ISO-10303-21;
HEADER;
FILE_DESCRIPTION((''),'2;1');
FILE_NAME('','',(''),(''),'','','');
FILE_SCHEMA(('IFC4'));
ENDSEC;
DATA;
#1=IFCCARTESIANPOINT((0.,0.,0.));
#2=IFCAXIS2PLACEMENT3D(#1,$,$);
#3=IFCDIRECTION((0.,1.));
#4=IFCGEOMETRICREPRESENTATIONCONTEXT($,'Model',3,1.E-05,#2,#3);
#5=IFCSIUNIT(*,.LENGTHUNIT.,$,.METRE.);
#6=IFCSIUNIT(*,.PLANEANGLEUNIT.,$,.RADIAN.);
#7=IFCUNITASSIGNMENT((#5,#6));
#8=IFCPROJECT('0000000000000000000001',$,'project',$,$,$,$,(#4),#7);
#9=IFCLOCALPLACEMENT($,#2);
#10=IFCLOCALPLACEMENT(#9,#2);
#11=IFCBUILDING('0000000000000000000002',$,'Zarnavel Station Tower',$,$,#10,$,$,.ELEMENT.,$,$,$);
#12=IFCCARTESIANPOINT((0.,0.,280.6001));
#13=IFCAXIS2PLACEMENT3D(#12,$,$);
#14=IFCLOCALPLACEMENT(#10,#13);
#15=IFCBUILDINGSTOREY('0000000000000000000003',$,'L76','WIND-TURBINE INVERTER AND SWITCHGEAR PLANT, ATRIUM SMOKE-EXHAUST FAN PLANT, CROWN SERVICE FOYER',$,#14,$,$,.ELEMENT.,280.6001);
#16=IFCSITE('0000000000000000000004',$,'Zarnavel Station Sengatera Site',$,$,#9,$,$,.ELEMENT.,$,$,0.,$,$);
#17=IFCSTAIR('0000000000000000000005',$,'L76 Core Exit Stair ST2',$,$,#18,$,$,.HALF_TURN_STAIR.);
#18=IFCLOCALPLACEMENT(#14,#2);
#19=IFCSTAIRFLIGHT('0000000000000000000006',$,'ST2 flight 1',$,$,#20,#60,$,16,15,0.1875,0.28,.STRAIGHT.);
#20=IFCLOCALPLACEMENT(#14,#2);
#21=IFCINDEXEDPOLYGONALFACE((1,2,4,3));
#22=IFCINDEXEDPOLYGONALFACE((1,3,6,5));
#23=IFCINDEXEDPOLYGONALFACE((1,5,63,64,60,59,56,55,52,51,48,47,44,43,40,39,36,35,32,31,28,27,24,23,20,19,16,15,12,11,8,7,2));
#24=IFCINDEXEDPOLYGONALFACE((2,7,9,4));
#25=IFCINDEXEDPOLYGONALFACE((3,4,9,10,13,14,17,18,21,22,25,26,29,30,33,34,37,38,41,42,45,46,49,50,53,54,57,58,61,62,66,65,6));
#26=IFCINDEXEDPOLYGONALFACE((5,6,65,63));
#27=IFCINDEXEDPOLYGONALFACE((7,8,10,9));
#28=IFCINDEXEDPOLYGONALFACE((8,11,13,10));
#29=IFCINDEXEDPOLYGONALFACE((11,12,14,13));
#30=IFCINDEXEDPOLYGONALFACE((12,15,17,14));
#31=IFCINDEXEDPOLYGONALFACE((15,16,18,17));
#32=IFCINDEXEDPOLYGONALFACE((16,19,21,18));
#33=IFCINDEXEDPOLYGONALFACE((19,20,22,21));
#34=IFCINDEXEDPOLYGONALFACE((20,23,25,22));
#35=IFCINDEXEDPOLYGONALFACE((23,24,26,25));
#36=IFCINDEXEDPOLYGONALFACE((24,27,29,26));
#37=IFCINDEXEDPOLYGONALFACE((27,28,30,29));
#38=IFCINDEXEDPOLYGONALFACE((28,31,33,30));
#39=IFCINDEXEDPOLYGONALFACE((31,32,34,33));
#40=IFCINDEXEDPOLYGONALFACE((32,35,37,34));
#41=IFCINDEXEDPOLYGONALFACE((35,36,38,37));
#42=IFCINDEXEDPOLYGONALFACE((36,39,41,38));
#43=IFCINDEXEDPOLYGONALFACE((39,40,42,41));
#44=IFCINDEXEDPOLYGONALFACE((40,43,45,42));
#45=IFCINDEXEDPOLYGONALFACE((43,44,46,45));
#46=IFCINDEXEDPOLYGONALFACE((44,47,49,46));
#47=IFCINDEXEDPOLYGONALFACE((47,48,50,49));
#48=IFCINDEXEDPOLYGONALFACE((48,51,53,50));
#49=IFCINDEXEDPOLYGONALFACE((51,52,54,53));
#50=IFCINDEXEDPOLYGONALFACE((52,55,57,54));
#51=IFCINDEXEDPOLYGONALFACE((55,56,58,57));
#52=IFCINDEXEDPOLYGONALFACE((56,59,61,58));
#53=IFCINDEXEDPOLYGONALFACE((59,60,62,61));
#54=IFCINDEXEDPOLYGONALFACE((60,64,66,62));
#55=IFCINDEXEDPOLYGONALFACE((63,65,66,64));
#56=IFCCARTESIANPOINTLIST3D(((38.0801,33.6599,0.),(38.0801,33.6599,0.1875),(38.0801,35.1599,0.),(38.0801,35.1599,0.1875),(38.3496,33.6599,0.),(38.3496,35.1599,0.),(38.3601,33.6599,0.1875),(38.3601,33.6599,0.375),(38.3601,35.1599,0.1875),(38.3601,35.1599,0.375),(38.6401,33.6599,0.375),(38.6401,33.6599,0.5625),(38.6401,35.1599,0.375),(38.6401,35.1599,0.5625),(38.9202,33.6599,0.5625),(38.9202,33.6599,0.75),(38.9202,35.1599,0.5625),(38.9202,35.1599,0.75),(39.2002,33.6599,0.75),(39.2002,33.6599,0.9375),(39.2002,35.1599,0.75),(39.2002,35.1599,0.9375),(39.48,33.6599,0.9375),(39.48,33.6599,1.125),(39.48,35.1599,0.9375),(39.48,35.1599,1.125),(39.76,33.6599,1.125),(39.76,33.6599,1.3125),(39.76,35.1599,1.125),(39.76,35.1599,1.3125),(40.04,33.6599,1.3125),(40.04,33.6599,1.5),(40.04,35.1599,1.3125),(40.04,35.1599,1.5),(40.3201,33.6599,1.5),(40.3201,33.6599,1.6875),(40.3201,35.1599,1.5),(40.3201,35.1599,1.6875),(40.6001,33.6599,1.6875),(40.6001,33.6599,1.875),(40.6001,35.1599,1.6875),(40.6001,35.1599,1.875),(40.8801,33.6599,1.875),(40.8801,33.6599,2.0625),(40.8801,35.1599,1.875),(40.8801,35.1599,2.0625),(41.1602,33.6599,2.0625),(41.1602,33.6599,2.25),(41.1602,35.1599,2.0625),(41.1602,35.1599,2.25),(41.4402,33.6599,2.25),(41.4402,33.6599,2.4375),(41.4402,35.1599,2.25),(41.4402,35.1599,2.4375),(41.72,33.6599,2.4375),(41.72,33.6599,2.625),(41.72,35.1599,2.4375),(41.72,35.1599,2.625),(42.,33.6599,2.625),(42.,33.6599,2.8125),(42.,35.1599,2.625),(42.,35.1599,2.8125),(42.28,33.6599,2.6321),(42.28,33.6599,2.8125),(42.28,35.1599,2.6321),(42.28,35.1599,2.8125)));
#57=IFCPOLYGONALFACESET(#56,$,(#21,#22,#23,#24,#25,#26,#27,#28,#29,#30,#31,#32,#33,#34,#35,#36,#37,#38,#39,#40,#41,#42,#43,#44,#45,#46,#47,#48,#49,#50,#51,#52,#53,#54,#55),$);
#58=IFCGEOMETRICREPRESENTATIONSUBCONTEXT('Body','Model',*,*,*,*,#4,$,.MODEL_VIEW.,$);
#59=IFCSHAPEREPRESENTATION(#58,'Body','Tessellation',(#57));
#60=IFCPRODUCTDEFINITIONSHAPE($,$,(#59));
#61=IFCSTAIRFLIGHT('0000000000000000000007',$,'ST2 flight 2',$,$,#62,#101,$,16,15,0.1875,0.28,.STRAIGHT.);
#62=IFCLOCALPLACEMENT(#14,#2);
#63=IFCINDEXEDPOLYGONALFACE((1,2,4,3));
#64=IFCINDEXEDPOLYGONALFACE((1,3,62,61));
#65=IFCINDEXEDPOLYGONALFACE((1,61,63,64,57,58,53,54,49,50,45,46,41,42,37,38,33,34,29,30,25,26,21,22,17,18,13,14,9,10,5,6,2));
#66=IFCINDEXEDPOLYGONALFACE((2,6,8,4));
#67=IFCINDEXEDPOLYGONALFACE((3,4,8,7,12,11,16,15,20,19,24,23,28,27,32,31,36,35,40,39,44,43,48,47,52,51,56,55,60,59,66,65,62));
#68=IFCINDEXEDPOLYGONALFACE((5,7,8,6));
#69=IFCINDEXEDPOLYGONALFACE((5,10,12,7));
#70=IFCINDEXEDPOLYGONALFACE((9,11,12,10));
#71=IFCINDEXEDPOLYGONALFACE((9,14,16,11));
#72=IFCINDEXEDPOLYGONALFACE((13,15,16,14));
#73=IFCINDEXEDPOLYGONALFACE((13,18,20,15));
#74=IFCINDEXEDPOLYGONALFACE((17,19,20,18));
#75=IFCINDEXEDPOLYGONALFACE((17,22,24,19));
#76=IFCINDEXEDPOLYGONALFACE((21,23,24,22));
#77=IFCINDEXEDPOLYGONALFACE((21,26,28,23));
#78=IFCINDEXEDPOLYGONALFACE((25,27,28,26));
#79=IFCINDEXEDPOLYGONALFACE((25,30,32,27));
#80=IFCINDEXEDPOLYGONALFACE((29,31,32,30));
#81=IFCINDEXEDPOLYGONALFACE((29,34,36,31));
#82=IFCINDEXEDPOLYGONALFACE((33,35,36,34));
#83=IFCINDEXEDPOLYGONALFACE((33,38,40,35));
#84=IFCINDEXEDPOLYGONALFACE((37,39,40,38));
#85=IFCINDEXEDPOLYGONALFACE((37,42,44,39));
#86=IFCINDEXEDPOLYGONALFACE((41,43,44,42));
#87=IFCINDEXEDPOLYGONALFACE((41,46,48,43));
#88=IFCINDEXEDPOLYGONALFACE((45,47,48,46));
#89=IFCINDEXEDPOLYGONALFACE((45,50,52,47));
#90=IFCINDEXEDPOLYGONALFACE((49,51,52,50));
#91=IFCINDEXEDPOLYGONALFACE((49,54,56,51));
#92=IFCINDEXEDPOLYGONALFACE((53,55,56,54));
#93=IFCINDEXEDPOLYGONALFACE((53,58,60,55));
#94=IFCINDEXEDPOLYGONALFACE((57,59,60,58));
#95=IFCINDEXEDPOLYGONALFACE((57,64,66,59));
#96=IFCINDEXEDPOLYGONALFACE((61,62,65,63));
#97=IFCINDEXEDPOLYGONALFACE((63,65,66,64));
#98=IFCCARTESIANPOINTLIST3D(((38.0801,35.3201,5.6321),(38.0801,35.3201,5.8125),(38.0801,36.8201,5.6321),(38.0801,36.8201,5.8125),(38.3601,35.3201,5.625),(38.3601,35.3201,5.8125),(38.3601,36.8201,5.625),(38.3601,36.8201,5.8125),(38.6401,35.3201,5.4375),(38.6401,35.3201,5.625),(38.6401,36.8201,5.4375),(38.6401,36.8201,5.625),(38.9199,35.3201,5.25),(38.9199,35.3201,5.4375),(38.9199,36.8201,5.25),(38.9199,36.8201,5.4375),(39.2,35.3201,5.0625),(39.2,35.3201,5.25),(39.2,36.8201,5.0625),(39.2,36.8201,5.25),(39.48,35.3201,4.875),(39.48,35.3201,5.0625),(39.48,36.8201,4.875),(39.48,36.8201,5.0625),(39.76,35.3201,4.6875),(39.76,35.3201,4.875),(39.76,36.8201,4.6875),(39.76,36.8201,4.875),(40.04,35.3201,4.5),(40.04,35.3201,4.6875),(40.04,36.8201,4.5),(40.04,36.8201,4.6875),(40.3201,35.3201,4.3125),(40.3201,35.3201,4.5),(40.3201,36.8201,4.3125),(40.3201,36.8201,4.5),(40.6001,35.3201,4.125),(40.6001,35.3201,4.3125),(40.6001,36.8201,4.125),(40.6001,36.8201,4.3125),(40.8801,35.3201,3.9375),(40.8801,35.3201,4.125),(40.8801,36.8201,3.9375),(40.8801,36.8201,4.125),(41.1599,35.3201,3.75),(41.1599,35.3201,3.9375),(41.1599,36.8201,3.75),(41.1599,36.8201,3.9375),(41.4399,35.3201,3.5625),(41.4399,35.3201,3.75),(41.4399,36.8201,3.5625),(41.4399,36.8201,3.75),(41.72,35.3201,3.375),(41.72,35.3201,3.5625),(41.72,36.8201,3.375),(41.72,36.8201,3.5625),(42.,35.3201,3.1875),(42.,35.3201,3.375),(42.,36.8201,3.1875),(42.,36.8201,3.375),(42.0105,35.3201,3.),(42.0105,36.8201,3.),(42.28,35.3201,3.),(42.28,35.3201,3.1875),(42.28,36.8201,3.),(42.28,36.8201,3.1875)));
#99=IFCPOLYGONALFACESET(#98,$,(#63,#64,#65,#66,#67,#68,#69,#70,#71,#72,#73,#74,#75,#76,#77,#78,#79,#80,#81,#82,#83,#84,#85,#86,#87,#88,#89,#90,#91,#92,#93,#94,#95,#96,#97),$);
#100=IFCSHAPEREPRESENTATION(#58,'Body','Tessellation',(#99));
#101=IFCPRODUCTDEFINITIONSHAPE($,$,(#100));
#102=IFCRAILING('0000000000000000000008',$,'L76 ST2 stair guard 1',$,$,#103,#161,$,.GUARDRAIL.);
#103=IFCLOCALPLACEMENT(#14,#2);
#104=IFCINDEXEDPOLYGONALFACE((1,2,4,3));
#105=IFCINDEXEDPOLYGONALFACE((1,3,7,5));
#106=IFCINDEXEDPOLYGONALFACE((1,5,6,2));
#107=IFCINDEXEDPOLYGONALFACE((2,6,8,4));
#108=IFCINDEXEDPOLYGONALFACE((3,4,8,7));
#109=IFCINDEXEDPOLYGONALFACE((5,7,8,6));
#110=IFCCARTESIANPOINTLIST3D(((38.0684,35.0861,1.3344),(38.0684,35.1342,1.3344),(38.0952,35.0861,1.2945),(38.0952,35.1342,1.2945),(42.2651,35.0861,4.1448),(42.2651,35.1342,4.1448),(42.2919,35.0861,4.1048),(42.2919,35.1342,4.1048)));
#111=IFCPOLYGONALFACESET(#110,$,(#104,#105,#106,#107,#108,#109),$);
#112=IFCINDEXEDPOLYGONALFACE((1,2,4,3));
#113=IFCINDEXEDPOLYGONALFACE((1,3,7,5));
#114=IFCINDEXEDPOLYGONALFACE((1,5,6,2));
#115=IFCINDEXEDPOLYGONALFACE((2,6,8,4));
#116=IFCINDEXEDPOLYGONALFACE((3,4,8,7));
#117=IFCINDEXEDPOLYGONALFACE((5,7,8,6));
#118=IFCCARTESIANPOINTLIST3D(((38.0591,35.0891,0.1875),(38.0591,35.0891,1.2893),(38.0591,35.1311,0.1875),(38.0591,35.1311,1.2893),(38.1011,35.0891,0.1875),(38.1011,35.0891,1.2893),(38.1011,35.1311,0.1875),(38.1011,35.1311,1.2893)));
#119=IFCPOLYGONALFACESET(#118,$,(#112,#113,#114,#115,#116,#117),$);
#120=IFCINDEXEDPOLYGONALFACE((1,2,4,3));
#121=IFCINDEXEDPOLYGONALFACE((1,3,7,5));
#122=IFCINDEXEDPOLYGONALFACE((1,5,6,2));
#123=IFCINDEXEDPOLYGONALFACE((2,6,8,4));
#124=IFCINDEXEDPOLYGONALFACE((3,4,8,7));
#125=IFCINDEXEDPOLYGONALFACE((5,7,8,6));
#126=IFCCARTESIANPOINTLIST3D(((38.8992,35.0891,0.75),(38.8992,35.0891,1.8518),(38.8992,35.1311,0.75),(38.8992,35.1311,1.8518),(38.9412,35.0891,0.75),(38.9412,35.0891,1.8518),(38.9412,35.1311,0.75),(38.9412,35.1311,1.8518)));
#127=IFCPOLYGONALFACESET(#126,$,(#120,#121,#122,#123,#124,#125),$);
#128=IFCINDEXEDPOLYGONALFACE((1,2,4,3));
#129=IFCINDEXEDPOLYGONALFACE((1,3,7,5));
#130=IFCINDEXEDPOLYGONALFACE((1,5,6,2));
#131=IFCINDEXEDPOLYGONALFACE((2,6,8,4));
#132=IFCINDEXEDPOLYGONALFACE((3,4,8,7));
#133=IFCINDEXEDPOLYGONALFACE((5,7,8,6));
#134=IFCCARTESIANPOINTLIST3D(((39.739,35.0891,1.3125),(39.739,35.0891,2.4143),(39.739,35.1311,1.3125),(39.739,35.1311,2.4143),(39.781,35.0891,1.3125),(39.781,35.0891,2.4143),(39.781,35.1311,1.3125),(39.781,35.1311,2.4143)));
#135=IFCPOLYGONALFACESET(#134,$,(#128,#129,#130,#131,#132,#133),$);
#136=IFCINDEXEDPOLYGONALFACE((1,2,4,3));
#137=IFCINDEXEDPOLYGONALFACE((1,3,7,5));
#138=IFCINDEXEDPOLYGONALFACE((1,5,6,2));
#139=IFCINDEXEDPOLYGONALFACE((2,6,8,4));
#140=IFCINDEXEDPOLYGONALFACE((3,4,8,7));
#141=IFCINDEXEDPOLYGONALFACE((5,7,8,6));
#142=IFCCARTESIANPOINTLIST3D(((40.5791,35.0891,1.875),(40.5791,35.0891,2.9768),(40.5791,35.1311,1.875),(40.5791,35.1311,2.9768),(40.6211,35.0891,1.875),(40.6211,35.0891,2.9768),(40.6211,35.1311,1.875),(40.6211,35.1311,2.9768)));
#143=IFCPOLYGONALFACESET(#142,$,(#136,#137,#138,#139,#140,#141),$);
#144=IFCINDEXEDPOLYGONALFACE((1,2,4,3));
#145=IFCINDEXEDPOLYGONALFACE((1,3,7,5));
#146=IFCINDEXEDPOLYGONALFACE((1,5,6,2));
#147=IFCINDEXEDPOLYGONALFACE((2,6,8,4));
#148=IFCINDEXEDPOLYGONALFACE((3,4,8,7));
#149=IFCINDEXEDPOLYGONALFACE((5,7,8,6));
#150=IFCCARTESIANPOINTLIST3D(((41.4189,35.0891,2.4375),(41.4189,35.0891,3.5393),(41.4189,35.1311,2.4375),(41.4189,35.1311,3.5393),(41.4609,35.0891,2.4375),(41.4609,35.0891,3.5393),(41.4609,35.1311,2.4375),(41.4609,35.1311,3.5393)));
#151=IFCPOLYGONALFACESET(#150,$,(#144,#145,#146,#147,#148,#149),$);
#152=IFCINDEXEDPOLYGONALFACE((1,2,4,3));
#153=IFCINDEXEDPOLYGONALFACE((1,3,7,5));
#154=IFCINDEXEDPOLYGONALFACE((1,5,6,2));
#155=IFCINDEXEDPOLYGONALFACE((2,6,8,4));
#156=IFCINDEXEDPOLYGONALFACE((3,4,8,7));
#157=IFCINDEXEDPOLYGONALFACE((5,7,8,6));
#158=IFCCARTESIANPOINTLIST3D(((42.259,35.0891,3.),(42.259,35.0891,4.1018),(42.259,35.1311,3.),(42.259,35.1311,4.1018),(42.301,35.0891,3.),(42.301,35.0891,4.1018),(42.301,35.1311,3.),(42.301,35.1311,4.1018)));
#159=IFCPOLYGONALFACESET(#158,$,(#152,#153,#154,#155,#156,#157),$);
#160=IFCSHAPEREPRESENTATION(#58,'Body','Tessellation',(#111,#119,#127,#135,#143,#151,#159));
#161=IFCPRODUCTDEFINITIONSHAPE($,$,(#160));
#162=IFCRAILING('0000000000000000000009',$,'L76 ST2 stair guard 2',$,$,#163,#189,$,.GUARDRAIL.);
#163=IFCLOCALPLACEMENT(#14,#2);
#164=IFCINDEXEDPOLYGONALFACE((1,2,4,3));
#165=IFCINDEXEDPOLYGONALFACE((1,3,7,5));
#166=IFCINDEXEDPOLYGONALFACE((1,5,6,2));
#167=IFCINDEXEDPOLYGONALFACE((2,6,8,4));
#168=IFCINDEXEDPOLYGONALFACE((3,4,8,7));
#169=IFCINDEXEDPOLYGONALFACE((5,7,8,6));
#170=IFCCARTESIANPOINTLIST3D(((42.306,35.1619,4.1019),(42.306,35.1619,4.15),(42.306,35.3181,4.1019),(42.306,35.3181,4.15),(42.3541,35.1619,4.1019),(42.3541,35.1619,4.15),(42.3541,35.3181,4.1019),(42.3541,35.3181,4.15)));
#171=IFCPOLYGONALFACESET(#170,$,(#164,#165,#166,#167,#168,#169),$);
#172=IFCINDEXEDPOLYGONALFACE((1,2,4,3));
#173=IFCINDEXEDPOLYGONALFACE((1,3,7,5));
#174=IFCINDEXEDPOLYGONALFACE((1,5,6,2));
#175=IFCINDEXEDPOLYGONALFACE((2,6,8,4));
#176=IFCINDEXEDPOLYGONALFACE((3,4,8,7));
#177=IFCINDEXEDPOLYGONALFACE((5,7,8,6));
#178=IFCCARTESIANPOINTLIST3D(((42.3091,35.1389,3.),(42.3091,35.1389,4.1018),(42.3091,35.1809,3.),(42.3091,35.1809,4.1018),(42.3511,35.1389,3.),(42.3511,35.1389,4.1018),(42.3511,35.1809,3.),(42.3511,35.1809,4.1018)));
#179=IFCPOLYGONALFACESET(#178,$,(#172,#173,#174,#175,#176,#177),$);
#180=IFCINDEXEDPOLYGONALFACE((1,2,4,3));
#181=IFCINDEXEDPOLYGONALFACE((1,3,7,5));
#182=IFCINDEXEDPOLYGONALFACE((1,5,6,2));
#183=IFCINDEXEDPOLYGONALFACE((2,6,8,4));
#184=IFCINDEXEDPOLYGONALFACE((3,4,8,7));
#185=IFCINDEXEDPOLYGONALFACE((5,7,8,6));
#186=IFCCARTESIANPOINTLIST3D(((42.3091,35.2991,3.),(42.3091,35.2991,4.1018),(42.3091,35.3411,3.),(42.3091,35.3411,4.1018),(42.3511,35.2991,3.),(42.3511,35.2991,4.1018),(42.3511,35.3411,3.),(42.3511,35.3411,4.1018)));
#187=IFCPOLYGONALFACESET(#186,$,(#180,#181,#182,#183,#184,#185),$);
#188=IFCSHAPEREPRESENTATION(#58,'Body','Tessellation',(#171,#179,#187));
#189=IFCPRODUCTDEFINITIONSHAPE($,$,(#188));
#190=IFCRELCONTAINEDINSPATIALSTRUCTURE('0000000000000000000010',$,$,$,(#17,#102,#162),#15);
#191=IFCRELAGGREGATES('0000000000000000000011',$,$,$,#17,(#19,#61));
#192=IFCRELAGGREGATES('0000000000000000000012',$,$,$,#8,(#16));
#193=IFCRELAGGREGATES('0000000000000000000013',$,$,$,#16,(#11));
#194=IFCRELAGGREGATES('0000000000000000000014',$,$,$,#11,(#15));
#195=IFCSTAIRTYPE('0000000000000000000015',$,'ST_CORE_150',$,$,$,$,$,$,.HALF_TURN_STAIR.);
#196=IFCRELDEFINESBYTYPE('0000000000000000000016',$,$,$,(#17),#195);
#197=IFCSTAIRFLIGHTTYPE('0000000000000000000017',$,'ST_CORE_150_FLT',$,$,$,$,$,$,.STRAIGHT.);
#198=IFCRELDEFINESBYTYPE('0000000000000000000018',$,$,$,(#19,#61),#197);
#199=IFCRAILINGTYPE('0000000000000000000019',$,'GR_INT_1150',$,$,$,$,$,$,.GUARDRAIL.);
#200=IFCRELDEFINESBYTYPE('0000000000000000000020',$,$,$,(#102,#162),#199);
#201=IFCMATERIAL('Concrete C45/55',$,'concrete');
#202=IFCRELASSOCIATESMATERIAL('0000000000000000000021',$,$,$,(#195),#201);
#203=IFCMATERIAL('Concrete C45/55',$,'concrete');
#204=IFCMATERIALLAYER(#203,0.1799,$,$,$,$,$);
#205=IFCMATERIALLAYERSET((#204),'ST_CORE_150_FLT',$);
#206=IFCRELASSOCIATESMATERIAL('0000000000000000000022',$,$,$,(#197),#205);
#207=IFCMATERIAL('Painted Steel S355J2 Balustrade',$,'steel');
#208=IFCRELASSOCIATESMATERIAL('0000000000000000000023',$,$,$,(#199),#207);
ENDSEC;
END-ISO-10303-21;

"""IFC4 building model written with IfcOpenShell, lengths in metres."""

from ifc_helpers import new_model, si_unit, direction, frame, origin, origin_2d, place, context, subcontext, project, spatial, polyline, rectangle, outline, extrude, material, layer, layer_set, type_object, element, aggregate, save


model = new_model("IFC4")

# Units and contexts
model_context = context("Model", 3, precision=1e-05, world=origin(), true_north=direction((0.0, 1.0)))
body_context = subcontext(model_context, "Body", "Model", "MODEL_VIEW")
ifc_project = project(units=[si_unit("LENGTHUNIT", "METRE"), si_unit("PLANEANGLEUNIT", "RADIAN")], contexts=[model_context])

# Site, building, storey
site_placement = place(None, origin())
site = spatial("IfcSite", under=ifc_project, at=site_placement, Name="Zarnavel Station Sengatera Site", CompositionType="ELEMENT", RefElevation=0.0)
building_placement = place(site_placement, origin())
building = spatial("IfcBuilding", under=site, at=building_placement, Name="Zarnavel Station Tower", CompositionType="ELEMENT")
storey_placement = place(building_placement, frame((0.0, 0.0, 280.6001)))
storey = spatial("IfcBuildingStorey", under=building, at=storey_placement, Name="L76", Description="WIND-TURBINE INVERTER AND SWITCHGEAR PLANT, ATRIUM SMOKE-EXHAUST FAN PLANT, CROWN SERVICE FOYER", CompositionType="ELEMENT", Elevation=280.6001)

# Stair, stair flights
ifc_material_1 = material(Name="Concrete C45/55", Category="concrete")
stair_type = type_object("IfcStairType", Name="ST_CORE_150", PredefinedType="HALF_TURN_STAIR", material=ifc_material_1)
stair_placement = place(storey_placement, origin())
stair = element("IfcStair", 1, at=stair_placement, inside=storey, type_object=stair_type, Name="L76 Core Exit Stair ST2", PredefinedType="HALF_TURN_STAIR")
ifc_material_2 = material(Name="Concrete C45/55", Category="concrete")
ifc_layer_1 = layer(ifc_material_2, 0.1799)
ifc_layer_set_1 = layer_set([ifc_layer_1], Name="ST_CORE_150_FLT")
stair_flight_type = type_object("IfcStairFlightType", Name="ST_CORE_150_FLT", PredefinedType="STRAIGHT", material=ifc_layer_set_1)
stair_flight_1_placement = place(storey_placement, frame((38.0801, 34.4099, 0.0), z_axis=(0.0, 0.0, 1.0), x_axis=(1.0, 0.0, 0.0)))
stair_flight_1 = element("IfcStairFlight", 2, at=stair_flight_1_placement, type_object=stair_flight_type, Name="ST2 flight 1", NumberOfRisers=16, NumberOfTreads=15, PredefinedType="STRAIGHT", RiserHeight=0.1875, TreadLength=0.28, context=body_context, shape_type="SweptSolid", body=[
    extrude(outline(polyline([(0.0, 0.0), (0.0, 0.1875), (0.28, 0.1875), (0.28, 0.375), (0.5601, 0.375), (0.5601, 0.5625), (0.8401, 0.5625), (0.8401, 0.75), (1.1201, 0.75), (1.1201, 0.9375), (1.3999, 0.9375), (1.3999, 1.125), (1.6799, 1.125), (1.6799, 1.3125), (1.96, 1.3125), (1.96, 1.5), (2.24, 1.5), (2.24, 1.6875), (2.52, 1.6875), (2.52, 1.875), (2.8, 1.875), (2.8, 2.0625), (3.0801, 2.0625), (3.0801, 2.25), (3.3601, 2.25), (3.3601, 2.4375), (3.6399, 2.4375), (3.6399, 2.625), (3.9199, 2.625), (3.9199, 2.8125), (4.2, 2.8125), (4.2, 3.0), (4.2, 2.6321), (0.2695, 0.0), (0.0, 0.0)])), frame((0.0, 0.75, 0.0), z_axis=(0.0, -1.0, 0.0), x_axis=(1.0, 0.0, 0.0)), (0.0, 0.0, 1.0), 1.5),
])
stair_flight_2_placement = place(storey_placement, frame((42.28, 36.0701, 3.0), z_axis=(0.0, 0.0, 1.0), x_axis=(-1.0, 0.0, 0.0)))
stair_flight_2 = element("IfcStairFlight", 3, at=stair_flight_2_placement, type_object=stair_flight_type, Name="ST2 flight 2", NumberOfRisers=16, NumberOfTreads=15, PredefinedType="STRAIGHT", RiserHeight=0.1875, TreadLength=0.28, context=body_context, shape_type="SweptSolid", body=[
    extrude(outline(polyline([(0.0, 0.0), (0.0, 0.1875), (0.28, 0.1875), (0.28, 0.375), (0.5601, 0.375), (0.5601, 0.5625), (0.8401, 0.5625), (0.8401, 0.75), (1.1201, 0.75), (1.1201, 0.9375), (1.3999, 0.9375), (1.3999, 1.125), (1.6799, 1.125), (1.6799, 1.3125), (1.96, 1.3125), (1.96, 1.5), (2.24, 1.5), (2.24, 1.6875), (2.52, 1.6875), (2.52, 1.875), (2.8, 1.875), (2.8, 2.0625), (3.0801, 2.0625), (3.0801, 2.25), (3.3601, 2.25), (3.3601, 2.4375), (3.6399, 2.4375), (3.6399, 2.625), (3.9199, 2.625), (3.9199, 2.8125), (4.2, 2.8125), (4.2, 3.0), (4.2, 2.6321), (0.2695, 0.0), (0.0, 0.0)])), frame((0.0, 0.75, 0.0), z_axis=(0.0, -1.0, 0.0), x_axis=(1.0, 0.0, 0.0)), (0.0, 0.0, 1.0), 1.5),
])
aggregate(stair, [stair_flight_1, stair_flight_2])

# Railings
ifc_material_3 = material(Name="Painted Steel S355J2 Balustrade", Category="steel")
railing_type_1 = type_object("IfcRailingType", Name="GR_INT_1150", PredefinedType="GUARDRAIL", material=ifc_material_3)
railing_1_placement = place(storey_placement, frame((38.0801, 35.1101, 0.1875)))
element("IfcRailing", 4, at=railing_1_placement, inside=storey, type_object=railing_type_1, Name="L76 ST2 stair guard 1", PredefinedType="GUARDRAIL", context=body_context, shape_type="SweptSolid", body=[
    extrude(rectangle(XDim=0.0481, YDim=0.0481, at=origin_2d()), frame((0.0017, 0.0, 1.127), z_axis=(0.830904, 0.0, 0.556416), x_axis=(0.0, 1.0, 0.0)), (0.0, 0.0, 1.0), 5.0508),
    extrude(rectangle(XDim=0.042, YDim=0.042, at=origin_2d()), origin(), (0.0, 0.0, 1.0), 1.1018),
    extrude(rectangle(XDim=0.042, YDim=0.042, at=origin_2d()), frame((0.8401, 0.0, 0.5625)), (0.0, 0.0, 1.0), 1.1018),
    extrude(rectangle(XDim=0.042, YDim=0.042, at=origin_2d()), frame((1.6799, 0.0, 1.125)), (0.0, 0.0, 1.0), 1.1018),
    extrude(rectangle(XDim=0.042, YDim=0.042, at=origin_2d()), frame((2.52, 0.0, 1.6875)), (0.0, 0.0, 1.0), 1.1018),
    extrude(rectangle(XDim=0.042, YDim=0.042, at=origin_2d()), frame((3.3599, 0.0, 2.25)), (0.0, 0.0, 1.0), 1.1018),
    extrude(rectangle(XDim=0.042, YDim=0.042, at=origin_2d()), frame((4.2, 0.0, 2.8125)), (0.0, 0.0, 1.0), 1.1018),
])
railing_2_placement = place(storey_placement, frame((42.3301, 35.1599, 3.0)))
element("IfcRailing", 5, at=railing_2_placement, inside=storey, type_object=railing_type_1, Name="L76 ST2 stair guard 2", PredefinedType="GUARDRAIL", context=body_context, shape_type="SweptSolid", body=[
    extrude(rectangle(XDim=0.0481, YDim=0.0481, at=origin_2d()), frame((0.0, 0.002, 1.126), z_axis=(0.0, 1.0, 0.0), x_axis=(-1.0, 0.0, 0.0)), (0.0, 0.0, 1.0), 0.1562),
    extrude(rectangle(XDim=0.042, YDim=0.042, at=origin_2d()), origin(), (0.0, 0.0, 1.0), 1.1018),
    extrude(rectangle(XDim=0.042, YDim=0.042, at=origin_2d()), frame((0.0, 0.1602, 0.0)), (0.0, 0.0, 1.0), 1.1018),
])

save(model, "model.ifc")
